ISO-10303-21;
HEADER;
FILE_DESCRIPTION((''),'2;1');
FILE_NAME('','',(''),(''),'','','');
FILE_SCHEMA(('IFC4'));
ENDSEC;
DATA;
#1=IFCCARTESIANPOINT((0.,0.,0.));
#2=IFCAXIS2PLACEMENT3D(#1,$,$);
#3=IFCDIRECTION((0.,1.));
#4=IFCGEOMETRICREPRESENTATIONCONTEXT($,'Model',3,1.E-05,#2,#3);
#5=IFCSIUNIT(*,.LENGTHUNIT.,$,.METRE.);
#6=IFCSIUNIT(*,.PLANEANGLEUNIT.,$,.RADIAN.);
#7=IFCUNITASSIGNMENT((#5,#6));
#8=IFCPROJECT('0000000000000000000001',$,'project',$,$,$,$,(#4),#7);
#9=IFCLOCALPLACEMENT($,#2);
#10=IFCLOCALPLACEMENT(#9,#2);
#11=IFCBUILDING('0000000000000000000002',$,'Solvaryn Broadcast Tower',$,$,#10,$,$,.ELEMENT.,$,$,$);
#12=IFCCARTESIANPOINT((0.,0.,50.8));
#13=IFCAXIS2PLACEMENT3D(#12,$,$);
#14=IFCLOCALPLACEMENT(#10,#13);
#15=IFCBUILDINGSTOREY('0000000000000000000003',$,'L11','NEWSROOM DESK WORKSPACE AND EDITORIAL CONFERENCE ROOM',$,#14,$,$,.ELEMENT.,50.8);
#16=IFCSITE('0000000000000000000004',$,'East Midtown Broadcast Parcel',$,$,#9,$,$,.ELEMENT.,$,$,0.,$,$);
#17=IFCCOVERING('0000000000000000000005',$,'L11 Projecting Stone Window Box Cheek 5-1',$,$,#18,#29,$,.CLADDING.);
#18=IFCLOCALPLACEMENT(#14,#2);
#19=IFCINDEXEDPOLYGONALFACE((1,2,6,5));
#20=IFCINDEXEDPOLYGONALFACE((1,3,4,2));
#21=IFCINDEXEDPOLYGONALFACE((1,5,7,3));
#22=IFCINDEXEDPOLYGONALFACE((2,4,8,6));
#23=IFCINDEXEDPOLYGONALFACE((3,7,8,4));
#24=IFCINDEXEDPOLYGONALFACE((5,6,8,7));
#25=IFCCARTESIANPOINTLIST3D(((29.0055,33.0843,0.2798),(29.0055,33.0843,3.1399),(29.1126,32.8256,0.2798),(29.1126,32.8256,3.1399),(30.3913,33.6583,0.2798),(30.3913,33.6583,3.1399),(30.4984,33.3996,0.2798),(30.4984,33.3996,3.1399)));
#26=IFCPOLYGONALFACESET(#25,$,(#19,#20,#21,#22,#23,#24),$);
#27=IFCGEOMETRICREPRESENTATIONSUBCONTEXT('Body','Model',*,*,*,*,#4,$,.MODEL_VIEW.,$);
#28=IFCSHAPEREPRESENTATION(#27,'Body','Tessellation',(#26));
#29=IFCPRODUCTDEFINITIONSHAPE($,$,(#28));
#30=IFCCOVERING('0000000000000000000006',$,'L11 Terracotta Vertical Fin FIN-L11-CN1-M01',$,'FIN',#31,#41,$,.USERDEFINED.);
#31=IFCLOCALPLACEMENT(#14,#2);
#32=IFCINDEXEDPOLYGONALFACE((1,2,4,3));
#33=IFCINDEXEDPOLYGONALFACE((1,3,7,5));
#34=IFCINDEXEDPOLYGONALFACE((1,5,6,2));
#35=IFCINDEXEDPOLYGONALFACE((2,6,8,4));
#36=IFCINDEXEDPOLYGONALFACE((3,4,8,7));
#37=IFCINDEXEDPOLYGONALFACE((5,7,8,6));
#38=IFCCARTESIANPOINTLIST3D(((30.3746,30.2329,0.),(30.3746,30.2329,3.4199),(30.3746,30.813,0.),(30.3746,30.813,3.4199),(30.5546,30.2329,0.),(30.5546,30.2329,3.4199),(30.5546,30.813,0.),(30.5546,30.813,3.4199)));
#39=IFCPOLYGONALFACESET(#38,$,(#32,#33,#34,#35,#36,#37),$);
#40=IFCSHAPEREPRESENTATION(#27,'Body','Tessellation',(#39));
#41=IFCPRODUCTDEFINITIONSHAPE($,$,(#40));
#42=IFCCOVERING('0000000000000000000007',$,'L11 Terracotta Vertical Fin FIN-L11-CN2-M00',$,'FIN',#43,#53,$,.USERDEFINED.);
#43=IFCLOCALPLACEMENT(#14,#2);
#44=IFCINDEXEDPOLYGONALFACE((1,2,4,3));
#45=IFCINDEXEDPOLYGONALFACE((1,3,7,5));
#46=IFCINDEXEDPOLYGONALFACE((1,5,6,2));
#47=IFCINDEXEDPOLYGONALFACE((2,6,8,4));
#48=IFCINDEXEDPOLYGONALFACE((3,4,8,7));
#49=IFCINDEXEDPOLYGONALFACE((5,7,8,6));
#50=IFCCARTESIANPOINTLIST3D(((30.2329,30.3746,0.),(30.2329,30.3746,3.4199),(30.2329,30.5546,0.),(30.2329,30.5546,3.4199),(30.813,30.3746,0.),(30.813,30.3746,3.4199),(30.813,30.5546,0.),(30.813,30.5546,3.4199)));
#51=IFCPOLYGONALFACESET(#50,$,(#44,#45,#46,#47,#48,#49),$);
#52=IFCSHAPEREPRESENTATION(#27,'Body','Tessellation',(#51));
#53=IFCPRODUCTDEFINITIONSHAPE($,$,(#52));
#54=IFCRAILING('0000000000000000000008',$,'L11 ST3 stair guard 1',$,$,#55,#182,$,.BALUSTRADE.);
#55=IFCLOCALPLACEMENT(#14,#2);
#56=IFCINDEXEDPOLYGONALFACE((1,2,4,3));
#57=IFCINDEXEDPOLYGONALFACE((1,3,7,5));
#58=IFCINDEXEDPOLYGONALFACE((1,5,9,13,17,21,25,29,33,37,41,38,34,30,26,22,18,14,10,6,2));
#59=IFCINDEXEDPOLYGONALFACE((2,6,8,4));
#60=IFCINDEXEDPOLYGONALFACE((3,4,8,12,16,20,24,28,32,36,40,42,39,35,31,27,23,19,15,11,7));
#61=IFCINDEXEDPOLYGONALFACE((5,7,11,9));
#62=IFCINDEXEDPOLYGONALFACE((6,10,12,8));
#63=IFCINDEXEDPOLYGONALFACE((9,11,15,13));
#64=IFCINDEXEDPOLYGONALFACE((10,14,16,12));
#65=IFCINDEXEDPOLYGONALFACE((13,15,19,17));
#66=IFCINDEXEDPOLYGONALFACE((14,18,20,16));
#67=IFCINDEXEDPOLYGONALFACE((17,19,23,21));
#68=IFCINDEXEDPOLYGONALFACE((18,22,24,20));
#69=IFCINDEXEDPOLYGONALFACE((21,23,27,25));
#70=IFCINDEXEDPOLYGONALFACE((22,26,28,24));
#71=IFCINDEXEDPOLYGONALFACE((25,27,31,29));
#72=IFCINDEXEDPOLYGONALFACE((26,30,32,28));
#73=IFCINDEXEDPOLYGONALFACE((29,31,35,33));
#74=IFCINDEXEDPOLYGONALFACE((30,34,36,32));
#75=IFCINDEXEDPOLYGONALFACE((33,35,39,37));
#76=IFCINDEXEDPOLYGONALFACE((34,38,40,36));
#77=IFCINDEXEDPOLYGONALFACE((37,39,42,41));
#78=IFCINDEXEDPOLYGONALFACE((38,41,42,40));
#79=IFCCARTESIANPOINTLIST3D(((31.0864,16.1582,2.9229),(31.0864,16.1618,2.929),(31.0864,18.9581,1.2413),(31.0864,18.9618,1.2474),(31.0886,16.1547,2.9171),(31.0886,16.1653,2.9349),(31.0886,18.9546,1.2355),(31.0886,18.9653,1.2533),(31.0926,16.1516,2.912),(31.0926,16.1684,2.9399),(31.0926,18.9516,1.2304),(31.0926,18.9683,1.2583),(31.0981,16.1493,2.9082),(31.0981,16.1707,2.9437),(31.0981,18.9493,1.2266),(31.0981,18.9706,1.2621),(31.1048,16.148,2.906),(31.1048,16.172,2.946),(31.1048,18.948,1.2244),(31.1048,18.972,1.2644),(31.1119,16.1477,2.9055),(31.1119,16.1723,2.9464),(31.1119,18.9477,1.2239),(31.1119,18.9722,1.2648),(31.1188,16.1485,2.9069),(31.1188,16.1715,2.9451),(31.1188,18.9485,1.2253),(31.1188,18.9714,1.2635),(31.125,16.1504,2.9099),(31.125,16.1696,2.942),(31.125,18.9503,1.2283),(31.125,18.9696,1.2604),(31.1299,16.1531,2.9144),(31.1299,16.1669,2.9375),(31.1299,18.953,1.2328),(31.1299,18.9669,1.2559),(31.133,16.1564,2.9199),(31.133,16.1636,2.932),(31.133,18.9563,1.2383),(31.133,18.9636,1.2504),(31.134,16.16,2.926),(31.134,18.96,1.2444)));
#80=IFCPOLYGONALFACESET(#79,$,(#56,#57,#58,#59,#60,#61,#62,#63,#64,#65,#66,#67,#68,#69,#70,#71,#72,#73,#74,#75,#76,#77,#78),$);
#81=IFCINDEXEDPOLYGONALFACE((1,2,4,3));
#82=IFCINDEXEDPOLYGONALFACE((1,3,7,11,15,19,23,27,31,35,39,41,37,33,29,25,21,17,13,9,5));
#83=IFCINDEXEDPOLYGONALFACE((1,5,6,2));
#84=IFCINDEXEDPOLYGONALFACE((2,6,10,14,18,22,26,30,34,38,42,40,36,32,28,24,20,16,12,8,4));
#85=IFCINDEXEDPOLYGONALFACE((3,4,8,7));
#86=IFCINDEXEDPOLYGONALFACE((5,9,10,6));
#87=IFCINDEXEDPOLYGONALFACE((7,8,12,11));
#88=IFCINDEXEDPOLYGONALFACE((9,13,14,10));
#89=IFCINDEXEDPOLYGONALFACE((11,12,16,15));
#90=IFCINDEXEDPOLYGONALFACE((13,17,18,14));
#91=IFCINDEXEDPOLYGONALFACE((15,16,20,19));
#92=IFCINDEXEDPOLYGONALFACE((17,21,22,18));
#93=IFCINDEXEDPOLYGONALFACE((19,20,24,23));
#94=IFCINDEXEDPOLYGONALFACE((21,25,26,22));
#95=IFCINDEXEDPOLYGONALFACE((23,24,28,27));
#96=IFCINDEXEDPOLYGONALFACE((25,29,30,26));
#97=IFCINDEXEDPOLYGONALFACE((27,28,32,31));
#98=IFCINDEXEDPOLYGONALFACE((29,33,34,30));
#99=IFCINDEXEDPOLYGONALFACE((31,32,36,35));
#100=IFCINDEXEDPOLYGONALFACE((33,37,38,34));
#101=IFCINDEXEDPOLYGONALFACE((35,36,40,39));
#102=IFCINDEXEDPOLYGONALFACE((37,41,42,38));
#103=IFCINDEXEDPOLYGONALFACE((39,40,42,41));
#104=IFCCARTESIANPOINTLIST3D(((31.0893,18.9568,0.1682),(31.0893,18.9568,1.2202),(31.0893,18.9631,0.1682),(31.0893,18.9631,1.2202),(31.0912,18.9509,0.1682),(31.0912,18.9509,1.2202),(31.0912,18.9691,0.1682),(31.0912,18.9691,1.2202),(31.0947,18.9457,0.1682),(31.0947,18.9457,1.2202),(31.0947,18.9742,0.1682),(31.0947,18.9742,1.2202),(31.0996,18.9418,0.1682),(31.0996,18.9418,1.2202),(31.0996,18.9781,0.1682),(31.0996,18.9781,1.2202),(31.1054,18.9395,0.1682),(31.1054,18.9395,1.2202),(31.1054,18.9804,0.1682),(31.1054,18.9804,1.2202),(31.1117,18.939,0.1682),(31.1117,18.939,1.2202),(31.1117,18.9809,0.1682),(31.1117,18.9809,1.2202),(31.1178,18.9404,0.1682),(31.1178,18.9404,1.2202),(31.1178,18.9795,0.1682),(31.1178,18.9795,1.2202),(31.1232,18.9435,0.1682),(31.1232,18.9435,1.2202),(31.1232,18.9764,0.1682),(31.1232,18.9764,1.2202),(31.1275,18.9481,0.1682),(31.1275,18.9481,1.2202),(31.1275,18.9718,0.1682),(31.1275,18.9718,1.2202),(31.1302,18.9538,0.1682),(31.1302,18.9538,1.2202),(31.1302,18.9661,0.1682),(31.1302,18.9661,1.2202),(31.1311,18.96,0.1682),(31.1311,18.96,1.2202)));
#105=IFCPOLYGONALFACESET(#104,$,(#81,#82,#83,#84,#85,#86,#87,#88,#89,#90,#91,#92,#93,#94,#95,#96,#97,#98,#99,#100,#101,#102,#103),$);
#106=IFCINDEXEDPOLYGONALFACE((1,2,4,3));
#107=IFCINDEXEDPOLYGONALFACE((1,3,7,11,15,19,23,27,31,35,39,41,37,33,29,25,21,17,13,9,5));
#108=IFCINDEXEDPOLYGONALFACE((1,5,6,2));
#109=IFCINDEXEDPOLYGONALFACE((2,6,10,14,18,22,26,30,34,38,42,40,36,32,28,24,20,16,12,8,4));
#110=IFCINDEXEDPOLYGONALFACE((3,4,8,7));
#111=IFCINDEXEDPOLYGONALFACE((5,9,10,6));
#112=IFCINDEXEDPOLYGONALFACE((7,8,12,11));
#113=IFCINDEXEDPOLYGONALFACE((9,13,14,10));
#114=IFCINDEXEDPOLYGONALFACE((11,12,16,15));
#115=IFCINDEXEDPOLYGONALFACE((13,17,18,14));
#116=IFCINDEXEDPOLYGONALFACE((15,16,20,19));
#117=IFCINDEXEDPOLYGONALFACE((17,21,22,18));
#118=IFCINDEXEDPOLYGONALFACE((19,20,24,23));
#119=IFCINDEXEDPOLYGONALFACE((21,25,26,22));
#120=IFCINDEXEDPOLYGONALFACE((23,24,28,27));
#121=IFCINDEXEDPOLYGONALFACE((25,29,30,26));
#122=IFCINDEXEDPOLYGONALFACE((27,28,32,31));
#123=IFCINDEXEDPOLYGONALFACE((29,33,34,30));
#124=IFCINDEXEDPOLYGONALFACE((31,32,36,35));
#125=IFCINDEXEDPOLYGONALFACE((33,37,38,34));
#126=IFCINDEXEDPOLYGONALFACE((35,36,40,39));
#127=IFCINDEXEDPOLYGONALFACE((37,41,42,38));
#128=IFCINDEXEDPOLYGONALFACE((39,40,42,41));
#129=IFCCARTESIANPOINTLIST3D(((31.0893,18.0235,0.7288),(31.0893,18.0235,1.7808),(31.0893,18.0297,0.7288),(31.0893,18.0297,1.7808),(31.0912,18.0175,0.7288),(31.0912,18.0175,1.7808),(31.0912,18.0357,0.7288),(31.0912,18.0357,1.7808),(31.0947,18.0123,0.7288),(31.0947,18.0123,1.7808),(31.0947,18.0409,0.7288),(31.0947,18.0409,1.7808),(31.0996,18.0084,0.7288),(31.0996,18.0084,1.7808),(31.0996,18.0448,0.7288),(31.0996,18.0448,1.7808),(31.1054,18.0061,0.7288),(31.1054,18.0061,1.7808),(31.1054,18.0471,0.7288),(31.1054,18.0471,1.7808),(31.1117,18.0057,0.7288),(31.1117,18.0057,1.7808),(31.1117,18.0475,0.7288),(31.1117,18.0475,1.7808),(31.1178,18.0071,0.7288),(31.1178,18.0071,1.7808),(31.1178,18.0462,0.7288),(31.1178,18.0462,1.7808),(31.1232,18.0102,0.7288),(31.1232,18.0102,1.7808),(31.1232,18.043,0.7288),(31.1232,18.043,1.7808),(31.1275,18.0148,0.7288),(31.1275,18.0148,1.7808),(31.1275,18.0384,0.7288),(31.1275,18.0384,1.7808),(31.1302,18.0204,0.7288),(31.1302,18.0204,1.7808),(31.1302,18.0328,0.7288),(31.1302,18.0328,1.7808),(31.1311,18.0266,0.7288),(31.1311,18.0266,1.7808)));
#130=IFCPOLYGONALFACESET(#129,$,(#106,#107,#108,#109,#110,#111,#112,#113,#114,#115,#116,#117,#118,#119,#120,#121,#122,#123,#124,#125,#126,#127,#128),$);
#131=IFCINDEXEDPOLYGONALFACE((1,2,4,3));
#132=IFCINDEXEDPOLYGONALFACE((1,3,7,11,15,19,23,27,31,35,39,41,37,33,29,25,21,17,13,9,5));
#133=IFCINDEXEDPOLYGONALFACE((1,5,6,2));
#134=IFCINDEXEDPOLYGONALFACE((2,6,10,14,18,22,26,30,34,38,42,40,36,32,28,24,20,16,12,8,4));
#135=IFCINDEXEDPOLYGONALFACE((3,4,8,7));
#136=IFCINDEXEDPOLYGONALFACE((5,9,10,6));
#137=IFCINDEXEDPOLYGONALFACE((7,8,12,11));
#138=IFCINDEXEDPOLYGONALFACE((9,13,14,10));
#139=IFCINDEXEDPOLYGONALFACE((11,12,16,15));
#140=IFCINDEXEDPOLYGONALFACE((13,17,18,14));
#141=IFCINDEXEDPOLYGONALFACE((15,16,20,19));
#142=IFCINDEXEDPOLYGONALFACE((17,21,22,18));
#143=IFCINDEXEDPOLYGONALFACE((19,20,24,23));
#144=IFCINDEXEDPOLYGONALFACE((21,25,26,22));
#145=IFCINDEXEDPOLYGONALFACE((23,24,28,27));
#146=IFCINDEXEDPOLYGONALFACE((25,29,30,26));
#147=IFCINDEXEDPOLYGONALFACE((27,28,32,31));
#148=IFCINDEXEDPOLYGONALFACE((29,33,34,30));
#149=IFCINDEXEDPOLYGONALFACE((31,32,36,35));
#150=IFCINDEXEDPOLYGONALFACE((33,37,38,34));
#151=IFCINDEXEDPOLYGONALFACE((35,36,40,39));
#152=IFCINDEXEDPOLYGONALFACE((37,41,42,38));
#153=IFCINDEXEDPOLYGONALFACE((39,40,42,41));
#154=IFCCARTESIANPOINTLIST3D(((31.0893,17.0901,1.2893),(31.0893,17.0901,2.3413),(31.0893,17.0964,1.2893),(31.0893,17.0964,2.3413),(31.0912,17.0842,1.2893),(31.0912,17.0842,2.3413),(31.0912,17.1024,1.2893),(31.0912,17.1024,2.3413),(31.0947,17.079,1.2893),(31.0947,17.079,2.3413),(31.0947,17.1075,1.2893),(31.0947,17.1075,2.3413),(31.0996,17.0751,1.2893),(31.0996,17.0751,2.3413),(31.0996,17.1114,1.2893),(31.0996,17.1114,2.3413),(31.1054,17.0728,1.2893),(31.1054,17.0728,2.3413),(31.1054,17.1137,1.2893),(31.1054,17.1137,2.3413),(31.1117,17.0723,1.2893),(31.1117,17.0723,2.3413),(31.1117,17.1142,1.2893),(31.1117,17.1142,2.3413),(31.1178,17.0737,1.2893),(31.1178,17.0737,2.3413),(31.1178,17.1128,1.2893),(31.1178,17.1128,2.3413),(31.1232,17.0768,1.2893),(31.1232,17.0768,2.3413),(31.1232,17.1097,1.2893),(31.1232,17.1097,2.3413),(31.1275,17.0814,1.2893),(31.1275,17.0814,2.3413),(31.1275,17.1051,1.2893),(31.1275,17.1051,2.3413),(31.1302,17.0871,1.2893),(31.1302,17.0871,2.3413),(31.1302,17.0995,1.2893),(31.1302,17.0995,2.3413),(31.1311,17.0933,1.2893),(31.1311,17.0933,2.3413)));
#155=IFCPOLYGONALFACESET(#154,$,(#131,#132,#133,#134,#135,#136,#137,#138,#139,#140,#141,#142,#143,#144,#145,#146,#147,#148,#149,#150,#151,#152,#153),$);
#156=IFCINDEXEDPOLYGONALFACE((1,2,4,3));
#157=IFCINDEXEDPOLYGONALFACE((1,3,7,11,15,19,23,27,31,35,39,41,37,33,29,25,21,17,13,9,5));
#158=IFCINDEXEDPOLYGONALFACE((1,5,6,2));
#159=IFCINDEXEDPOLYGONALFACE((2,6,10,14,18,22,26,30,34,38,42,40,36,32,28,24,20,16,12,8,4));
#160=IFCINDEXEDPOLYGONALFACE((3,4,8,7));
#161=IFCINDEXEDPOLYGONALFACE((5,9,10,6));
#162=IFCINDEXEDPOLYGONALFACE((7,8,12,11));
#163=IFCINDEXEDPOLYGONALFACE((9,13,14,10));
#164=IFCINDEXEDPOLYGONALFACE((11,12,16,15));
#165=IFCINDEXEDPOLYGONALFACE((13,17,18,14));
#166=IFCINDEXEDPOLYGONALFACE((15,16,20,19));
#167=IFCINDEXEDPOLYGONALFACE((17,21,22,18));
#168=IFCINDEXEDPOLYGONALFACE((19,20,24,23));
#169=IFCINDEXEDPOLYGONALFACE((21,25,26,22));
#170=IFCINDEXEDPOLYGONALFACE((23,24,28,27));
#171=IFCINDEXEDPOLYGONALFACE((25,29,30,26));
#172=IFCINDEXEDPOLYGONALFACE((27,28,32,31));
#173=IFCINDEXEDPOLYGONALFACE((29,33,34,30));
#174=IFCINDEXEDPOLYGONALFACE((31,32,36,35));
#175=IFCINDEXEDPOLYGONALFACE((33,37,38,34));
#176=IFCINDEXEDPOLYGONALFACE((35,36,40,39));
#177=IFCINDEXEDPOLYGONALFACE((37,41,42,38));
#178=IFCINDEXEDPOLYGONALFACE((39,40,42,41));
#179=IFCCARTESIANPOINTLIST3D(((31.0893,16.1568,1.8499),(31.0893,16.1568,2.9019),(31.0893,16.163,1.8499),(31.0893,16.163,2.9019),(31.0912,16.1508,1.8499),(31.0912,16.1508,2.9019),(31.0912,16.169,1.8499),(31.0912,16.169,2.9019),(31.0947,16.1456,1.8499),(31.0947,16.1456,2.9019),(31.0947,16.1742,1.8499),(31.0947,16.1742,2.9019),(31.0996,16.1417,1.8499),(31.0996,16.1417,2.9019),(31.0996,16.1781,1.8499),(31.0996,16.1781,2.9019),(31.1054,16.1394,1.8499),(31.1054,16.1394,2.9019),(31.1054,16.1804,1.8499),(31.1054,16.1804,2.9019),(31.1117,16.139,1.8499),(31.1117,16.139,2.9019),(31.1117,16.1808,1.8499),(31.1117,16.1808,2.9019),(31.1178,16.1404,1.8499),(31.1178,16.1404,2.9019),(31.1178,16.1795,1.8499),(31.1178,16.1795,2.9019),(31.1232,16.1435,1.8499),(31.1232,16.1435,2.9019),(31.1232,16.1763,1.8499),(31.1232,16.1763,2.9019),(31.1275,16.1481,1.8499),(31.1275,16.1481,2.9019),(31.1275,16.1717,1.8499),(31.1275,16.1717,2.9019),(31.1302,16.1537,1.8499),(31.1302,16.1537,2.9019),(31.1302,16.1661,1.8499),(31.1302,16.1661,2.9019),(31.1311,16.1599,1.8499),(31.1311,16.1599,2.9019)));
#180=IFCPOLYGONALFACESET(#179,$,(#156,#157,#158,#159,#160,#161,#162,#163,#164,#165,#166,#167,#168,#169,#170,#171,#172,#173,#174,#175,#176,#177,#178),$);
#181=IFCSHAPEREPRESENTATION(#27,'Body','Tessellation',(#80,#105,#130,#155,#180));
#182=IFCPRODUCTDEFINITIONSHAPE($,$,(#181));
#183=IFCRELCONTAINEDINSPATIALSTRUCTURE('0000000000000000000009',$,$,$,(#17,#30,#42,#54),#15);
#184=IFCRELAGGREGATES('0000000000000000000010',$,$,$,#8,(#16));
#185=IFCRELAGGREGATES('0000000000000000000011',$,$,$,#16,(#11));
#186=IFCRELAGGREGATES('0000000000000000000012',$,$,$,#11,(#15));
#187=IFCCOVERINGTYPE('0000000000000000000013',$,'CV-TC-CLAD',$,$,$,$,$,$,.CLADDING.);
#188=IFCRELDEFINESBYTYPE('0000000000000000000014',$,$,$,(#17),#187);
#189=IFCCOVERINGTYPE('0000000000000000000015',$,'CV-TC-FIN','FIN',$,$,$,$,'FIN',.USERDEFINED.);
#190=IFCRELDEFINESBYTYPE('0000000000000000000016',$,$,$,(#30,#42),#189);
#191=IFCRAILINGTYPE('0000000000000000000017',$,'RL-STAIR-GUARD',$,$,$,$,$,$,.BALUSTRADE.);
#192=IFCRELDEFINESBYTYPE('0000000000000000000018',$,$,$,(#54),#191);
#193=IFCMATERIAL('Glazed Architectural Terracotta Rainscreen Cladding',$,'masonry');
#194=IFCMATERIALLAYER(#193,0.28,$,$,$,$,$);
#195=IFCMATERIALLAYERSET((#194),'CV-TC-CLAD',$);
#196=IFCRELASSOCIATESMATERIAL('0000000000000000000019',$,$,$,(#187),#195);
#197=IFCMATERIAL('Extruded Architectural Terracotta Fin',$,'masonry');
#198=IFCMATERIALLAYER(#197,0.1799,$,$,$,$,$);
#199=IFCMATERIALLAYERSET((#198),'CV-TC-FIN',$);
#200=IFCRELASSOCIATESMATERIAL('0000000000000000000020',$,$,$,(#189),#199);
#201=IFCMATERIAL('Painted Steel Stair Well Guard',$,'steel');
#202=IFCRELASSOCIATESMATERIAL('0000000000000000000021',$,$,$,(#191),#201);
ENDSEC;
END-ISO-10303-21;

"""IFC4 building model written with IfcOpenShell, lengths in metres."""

from ifc_helpers import new_model, si_unit, direction, frame, origin, origin_2d, place, context, subcontext, project, spatial, rectangle, circle, extrude, material, layer, layer_set, type_object, element, save


model = new_model("IFC4")

# Units and contexts
model_context = context("Model", 3, precision=1e-05, world=origin(), true_north=direction((0.0, 1.0)))
body_context = subcontext(model_context, "Body", "Model", "MODEL_VIEW")
ifc_project = project(units=[si_unit("LENGTHUNIT", "METRE"), si_unit("PLANEANGLEUNIT", "RADIAN")], contexts=[model_context])

# Site, building, storey
site_placement = place(None, origin())
site = spatial("IfcSite", under=ifc_project, at=site_placement, Name="East Midtown Broadcast Parcel", CompositionType="ELEMENT", RefElevation=0.0)
building_placement = place(site_placement, origin())
building = spatial("IfcBuilding", under=site, at=building_placement, Name="Solvaryn Broadcast Tower", CompositionType="ELEMENT")
storey_placement = place(building_placement, frame((0.0, 0.0, 50.8)))
storey = spatial("IfcBuildingStorey", under=building, at=storey_placement, Name="L11", Description="NEWSROOM DESK WORKSPACE AND EDITORIAL CONFERENCE ROOM", CompositionType="ELEMENT", Elevation=50.8)

# Coverings
ifc_material_1 = material(Name="Glazed Architectural Terracotta Rainscreen Cladding", Category="masonry")
ifc_layer_1 = layer(ifc_material_1, 0.28)
ifc_layer_set_1 = layer_set([ifc_layer_1], Name="CV-TC-CLAD")
covering_type_1 = type_object("IfcCoveringType", Name="CV-TC-CLAD", PredefinedType="CLADDING", material=ifc_layer_set_1)
covering_1_placement = place(storey_placement, frame((29.752, 33.2419, 0.2798), z_axis=(0.0, 0.0, 1.0), x_axis=(-0.382683, 0.92388, 0.0)))
element("IfcCovering", 1, at=covering_1_placement, inside=storey, type_object=covering_type_1, Name="L11 Projecting Stone Window Box Cheek 5-1", PredefinedType="CLADDING", context=body_context, shape_type="SweptSolid", body=[
    extrude(rectangle(XDim=0.28, YDim=1.5, at=origin_2d()), origin(), (0.0, 0.0, 1.0), 2.8601),
])
ifc_material_2 = material(Name="Extruded Architectural Terracotta Fin", Category="masonry")
ifc_layer_2 = layer(ifc_material_2, 0.1799)
ifc_layer_set_2 = layer_set([ifc_layer_2], Name="CV-TC-FIN")
covering_type_2 = type_object("IfcCoveringType", Name="CV-TC-FIN", Description="FIN", ElementType="FIN", PredefinedType="USERDEFINED", material=ifc_layer_set_2)
covering_2_placement = place(storey_placement, frame((30.4646, 30.5229, 0.0), z_axis=(0.0, 0.0, 1.0), x_axis=(1.0, 0.0, 0.0)))
element("IfcCovering", 2, at=covering_2_placement, inside=storey, type_object=covering_type_2, Name="L11 Terracotta Vertical Fin FIN-L11-CN1-M01", ObjectType="FIN", PredefinedType="USERDEFINED", context=body_context, shape_type="SweptSolid", body=[
    extrude(rectangle(XDim=0.1799, YDim=0.5801, at=origin_2d()), origin(), (0.0, 0.0, 1.0), 3.4199),
])
covering_3_placement = place(storey_placement, frame((30.5229, 30.4646, 0.0), z_axis=(0.0, 0.0, 1.0), x_axis=(1.0, 0.0, 0.0)))
element("IfcCovering", 3, at=covering_3_placement, inside=storey, type_object=covering_type_2, Name="L11 Terracotta Vertical Fin FIN-L11-CN2-M00", ObjectType="FIN", PredefinedType="USERDEFINED", context=body_context, shape_type="SweptSolid", body=[
    extrude(rectangle(XDim=0.5801, YDim=0.1799, at=origin_2d()), origin(), (0.0, 0.0, 1.0), 3.4199),
])

# Railing
ifc_material_3 = material(Name="Painted Steel Stair Well Guard", Category="steel")
railing_type_1 = type_object("IfcRailingType", Name="RL-STAIR-GUARD", PredefinedType="BALUSTRADE", material=ifc_material_3)
railing_1_placement = place(storey_placement, frame((31.1101, 18.96, 0.1682)))
element("IfcRailing", 4, at=railing_1_placement, inside=storey, type_object=railing_type_1, Name="L11 ST3 stair guard 1", PredefinedType="BALUSTRADE", context=body_context, shape_type="SweptSolid", body=[
    extrude(circle(Radius=0.0239, at=origin_2d()), frame((0.0, 0.0, 1.0762), z_axis=(0.0, -0.857275, 0.514858), x_axis=(1.0, 0.0, 0.0)), (0.0, 0.0, 1.0), 3.2661),
    extrude(circle(Radius=0.021, at=origin_2d()), origin(), (0.0, 0.0, 1.0), 1.052),
    extrude(circle(Radius=0.021, at=origin_2d()), frame((0.0, -0.9333, 0.5605)), (0.0, 0.0, 1.0), 1.052),
    extrude(circle(Radius=0.021, at=origin_2d()), frame((0.0, -1.8667, 1.1211)), (0.0, 0.0, 1.0), 1.052),
    extrude(circle(Radius=0.021, at=origin_2d()), frame((0.0, -2.8, 1.6816)), (0.0, 0.0, 1.0), 1.052),
])

save(model, "model.ifc")
